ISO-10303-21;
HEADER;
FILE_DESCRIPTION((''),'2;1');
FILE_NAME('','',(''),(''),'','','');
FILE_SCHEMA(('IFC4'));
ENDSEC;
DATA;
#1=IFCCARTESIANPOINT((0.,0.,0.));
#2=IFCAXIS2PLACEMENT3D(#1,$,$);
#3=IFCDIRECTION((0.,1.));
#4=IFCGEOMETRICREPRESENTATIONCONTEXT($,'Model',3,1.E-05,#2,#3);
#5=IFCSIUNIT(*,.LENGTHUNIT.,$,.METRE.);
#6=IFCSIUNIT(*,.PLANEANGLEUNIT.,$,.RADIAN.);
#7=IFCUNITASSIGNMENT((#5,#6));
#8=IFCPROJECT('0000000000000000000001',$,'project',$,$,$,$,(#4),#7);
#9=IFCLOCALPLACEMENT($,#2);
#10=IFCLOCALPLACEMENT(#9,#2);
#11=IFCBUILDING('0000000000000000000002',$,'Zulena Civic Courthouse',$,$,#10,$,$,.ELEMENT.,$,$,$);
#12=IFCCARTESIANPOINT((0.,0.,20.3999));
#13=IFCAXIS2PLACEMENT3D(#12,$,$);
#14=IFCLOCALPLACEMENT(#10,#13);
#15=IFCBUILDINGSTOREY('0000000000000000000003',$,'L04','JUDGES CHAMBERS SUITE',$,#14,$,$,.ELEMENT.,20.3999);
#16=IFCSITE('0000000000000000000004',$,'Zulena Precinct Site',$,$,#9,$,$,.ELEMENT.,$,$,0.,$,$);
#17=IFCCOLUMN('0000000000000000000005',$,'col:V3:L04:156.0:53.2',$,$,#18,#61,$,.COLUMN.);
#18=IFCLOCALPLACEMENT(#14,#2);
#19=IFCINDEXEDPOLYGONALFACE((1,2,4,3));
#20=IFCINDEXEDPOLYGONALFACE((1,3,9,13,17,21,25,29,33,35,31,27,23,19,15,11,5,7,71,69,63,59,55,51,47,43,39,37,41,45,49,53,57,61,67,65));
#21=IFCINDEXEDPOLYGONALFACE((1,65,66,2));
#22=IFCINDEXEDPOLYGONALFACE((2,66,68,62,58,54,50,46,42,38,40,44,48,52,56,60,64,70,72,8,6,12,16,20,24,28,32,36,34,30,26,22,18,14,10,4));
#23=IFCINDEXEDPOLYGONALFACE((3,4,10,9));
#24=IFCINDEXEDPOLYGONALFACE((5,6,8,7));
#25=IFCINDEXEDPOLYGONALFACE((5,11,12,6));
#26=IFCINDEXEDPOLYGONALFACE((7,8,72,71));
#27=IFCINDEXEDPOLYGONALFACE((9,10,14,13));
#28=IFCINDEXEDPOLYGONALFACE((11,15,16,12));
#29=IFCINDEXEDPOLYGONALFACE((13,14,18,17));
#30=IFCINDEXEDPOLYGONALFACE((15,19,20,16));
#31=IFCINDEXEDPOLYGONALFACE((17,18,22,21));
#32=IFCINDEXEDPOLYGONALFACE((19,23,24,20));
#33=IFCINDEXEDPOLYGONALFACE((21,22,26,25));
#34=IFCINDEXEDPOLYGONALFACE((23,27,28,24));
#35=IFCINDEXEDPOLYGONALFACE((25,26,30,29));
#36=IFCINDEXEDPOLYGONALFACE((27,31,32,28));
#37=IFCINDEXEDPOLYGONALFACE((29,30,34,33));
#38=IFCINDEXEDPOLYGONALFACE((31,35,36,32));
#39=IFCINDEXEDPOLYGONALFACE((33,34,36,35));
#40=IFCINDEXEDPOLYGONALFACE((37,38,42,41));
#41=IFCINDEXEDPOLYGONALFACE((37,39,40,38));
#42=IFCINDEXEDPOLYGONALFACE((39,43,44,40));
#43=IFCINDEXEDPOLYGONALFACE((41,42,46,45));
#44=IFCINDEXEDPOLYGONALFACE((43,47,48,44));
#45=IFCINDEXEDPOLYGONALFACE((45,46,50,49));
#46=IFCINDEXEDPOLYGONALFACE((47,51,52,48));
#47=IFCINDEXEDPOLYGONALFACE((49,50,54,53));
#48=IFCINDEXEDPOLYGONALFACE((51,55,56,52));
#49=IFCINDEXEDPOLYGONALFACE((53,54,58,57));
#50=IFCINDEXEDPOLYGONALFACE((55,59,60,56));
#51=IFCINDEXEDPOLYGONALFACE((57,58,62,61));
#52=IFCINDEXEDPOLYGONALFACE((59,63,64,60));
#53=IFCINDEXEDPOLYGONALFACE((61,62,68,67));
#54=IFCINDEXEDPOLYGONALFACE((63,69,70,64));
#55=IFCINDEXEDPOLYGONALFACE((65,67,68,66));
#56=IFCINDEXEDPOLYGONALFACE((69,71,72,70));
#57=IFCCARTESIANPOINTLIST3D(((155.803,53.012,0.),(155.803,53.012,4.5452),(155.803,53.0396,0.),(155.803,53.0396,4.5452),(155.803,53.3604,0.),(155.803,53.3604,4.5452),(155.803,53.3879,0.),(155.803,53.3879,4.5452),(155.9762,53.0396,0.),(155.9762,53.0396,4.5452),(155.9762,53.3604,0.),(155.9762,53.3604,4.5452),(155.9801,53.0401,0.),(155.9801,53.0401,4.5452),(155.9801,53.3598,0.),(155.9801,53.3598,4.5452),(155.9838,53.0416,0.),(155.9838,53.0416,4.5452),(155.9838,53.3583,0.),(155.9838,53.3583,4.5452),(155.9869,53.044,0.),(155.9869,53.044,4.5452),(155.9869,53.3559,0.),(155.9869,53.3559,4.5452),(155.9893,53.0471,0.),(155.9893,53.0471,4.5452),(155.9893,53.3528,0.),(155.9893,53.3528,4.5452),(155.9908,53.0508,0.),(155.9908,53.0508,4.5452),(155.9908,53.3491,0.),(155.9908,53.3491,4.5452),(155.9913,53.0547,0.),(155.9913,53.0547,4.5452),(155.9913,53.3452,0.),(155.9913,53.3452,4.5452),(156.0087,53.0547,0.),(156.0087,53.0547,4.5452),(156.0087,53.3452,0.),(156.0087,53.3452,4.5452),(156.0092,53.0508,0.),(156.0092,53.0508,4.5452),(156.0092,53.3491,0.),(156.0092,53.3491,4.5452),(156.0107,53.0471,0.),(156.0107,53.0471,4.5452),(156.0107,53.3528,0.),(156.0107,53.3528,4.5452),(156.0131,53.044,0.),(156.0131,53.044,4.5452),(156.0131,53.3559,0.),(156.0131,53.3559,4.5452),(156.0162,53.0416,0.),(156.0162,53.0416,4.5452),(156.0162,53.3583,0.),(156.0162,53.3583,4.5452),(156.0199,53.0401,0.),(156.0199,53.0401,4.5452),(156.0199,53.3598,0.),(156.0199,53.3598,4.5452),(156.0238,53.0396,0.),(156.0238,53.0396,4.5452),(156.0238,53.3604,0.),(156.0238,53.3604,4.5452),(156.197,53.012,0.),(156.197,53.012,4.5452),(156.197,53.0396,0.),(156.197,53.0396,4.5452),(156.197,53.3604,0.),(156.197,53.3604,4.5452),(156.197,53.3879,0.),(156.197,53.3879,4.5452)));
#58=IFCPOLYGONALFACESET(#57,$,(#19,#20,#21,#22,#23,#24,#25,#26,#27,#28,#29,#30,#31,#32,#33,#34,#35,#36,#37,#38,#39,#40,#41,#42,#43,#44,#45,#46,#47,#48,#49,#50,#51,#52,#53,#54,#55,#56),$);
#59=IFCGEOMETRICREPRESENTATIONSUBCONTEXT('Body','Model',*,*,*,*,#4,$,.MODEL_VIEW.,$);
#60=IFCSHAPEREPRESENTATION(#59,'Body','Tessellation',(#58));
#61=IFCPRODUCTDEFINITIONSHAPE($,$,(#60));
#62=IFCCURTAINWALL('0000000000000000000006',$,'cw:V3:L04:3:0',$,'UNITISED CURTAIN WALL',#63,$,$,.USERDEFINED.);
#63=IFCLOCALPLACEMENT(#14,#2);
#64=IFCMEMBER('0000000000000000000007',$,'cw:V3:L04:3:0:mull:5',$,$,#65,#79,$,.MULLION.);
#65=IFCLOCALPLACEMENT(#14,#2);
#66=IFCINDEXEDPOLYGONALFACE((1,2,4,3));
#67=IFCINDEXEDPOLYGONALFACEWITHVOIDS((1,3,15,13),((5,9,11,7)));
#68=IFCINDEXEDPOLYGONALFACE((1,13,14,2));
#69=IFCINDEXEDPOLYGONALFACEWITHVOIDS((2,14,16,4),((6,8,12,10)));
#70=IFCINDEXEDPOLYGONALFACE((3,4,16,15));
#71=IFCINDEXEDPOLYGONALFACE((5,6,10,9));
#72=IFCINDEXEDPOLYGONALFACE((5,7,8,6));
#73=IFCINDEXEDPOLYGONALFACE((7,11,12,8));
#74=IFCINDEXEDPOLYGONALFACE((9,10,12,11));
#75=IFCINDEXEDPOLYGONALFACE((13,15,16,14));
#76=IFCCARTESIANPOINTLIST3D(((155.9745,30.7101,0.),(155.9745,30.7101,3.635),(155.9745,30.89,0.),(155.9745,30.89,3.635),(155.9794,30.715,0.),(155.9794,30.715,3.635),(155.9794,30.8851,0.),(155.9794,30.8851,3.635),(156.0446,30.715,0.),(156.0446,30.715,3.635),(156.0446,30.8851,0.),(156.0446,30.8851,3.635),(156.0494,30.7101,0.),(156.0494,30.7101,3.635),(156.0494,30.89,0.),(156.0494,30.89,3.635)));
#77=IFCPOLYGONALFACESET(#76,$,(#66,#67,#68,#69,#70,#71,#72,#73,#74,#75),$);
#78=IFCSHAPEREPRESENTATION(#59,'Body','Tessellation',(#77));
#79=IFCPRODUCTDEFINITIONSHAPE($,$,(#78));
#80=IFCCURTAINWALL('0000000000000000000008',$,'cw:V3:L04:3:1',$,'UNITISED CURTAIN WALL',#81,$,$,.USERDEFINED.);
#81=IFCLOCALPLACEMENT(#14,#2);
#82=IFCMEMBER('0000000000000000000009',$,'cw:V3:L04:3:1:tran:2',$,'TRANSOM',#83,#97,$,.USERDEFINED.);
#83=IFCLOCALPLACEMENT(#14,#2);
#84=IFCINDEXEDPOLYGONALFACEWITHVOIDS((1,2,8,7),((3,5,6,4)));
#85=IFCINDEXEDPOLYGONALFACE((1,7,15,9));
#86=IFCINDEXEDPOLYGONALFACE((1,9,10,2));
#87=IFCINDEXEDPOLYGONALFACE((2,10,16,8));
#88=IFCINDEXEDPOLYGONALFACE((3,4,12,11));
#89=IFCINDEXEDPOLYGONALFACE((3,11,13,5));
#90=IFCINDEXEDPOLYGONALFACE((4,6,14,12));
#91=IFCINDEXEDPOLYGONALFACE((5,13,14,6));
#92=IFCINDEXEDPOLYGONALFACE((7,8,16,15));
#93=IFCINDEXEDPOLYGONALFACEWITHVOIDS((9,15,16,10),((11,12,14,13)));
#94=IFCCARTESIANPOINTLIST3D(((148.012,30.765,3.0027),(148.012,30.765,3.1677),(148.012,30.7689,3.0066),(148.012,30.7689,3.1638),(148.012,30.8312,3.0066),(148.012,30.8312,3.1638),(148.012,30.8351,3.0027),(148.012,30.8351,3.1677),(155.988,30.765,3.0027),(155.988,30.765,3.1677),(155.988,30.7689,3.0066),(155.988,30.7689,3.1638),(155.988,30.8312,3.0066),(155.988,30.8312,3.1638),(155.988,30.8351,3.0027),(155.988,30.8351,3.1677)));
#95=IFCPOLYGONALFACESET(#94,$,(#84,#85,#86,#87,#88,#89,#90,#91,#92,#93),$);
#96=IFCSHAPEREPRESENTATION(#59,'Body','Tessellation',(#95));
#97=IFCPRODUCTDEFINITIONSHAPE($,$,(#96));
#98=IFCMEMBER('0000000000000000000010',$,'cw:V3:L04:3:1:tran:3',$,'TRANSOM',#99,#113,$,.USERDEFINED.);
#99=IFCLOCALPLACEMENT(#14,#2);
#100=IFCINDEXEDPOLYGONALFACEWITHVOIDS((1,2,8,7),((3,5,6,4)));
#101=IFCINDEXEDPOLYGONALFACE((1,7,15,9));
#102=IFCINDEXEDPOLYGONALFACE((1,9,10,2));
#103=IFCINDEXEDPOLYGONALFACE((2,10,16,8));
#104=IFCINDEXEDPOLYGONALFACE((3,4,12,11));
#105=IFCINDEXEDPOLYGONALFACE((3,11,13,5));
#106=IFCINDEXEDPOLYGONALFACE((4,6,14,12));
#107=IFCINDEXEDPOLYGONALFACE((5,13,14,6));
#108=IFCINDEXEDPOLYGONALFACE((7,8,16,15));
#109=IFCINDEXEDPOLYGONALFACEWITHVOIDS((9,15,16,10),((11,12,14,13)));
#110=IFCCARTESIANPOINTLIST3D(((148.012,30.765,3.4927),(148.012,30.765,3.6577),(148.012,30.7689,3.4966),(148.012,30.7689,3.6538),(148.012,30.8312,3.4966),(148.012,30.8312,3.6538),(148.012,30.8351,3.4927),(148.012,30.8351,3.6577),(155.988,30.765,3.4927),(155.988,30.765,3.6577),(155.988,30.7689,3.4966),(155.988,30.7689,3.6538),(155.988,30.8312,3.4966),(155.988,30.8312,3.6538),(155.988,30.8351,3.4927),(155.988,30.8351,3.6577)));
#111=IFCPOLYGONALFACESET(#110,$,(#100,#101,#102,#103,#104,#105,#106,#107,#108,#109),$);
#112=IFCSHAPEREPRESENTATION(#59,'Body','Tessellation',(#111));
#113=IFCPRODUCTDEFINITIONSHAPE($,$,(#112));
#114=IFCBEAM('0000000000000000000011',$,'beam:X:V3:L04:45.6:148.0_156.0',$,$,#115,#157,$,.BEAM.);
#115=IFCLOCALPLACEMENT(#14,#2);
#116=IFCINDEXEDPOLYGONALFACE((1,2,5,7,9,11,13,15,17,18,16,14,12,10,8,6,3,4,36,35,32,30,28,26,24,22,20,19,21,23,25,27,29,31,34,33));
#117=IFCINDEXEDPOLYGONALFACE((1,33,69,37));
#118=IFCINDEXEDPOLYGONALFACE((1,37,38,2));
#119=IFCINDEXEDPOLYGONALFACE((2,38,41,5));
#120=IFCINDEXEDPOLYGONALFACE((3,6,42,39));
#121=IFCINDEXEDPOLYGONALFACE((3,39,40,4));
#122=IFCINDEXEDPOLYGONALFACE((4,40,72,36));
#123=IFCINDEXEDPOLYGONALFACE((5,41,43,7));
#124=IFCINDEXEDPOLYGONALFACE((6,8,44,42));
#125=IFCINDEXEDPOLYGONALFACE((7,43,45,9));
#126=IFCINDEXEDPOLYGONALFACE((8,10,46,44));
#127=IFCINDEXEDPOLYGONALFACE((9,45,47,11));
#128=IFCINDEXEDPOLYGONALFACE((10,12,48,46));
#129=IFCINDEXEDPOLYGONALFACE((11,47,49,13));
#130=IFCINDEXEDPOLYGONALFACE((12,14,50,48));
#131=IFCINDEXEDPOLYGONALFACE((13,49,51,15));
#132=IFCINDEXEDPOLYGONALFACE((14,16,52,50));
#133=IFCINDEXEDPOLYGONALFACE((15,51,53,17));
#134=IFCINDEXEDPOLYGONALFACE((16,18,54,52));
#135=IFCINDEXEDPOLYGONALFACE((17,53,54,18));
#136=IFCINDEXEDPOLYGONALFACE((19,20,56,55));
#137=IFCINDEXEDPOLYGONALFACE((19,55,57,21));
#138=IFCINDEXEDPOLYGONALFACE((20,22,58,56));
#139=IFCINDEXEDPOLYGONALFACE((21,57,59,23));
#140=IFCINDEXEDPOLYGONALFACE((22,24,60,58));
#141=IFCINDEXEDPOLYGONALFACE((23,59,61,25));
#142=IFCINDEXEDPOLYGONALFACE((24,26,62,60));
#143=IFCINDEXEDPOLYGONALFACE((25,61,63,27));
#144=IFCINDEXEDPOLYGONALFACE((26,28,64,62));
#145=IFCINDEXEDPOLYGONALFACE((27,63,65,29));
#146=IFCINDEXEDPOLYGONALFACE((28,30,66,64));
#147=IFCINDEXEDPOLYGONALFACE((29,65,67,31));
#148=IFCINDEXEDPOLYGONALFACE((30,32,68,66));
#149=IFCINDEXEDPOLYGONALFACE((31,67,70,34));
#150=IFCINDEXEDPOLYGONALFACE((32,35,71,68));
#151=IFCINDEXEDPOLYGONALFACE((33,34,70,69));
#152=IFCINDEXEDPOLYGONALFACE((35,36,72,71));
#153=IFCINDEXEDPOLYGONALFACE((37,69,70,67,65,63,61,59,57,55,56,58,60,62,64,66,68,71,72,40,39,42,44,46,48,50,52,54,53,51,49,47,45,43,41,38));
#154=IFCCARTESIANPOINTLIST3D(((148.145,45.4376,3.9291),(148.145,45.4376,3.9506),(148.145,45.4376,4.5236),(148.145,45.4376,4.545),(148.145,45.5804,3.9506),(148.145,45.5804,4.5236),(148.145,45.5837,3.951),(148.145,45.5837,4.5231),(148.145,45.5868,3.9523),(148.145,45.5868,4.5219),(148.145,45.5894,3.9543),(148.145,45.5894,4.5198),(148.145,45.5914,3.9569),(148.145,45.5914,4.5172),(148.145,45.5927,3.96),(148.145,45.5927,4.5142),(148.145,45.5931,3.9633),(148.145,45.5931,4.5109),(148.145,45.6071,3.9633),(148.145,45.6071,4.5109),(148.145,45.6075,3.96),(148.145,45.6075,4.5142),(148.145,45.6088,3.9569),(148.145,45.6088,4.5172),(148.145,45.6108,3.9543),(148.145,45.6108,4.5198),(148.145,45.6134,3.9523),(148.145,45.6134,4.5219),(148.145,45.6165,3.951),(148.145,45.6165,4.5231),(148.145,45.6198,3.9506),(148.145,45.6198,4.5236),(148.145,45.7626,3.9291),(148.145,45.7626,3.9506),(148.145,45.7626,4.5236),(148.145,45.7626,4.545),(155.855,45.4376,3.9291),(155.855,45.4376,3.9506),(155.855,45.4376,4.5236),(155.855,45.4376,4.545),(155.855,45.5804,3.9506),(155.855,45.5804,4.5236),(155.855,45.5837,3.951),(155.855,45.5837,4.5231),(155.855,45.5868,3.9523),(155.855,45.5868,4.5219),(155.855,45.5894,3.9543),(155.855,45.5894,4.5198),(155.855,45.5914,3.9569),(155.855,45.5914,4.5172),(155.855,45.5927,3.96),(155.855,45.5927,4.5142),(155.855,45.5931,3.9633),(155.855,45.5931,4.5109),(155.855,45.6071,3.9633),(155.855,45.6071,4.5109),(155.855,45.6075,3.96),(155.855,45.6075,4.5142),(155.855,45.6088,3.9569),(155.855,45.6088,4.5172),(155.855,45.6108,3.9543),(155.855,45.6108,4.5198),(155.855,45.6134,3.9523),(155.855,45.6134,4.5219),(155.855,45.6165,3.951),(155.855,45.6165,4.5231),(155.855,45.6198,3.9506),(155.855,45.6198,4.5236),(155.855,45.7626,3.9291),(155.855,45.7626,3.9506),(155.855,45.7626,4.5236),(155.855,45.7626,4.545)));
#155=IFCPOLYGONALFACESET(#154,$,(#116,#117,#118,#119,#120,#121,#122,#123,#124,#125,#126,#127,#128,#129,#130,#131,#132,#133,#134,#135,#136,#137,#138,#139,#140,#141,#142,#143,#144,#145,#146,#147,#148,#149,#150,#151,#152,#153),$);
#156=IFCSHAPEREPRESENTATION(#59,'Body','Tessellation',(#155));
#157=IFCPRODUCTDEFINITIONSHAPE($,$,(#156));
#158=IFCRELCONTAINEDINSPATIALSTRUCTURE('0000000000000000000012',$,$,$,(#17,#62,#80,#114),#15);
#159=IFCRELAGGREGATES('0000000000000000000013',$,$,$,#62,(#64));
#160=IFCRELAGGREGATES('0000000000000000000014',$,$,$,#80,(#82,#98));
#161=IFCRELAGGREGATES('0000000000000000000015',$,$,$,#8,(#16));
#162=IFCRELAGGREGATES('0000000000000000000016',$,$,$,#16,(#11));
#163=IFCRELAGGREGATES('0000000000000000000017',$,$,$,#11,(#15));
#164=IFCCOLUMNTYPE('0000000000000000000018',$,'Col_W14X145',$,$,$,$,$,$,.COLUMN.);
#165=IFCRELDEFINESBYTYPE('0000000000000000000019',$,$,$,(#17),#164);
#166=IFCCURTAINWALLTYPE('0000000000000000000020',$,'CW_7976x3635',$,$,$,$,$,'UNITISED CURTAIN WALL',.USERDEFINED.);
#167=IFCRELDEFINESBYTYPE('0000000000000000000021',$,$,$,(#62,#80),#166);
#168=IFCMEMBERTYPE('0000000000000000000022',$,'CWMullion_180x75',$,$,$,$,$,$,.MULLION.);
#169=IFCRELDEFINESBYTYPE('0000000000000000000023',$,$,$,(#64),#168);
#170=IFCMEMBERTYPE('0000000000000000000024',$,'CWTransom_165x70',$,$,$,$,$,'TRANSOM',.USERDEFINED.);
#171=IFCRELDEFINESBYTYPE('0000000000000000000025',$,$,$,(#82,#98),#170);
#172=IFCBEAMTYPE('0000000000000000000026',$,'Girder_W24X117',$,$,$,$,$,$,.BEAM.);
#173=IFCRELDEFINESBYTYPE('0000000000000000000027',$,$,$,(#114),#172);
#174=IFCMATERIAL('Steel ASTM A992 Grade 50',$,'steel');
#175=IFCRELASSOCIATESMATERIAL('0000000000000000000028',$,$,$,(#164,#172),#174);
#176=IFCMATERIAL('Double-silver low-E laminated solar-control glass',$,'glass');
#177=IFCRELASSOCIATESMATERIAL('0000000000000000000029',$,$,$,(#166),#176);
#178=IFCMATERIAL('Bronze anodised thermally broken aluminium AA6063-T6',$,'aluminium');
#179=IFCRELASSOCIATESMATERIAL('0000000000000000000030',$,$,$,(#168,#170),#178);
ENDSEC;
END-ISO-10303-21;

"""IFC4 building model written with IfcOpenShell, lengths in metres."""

from ifc_helpers import new_model, si_unit, direction, frame, origin, origin_2d, place, context, subcontext, project, spatial, hollow_rectangle, i_section, extrude, material, material_profile, profile_set, type_object, element, aggregate, save


model = new_model("IFC4")

# Units and contexts
model_context = context("Model", 3, precision=1e-05, world=origin(), true_north=direction((0.0, 1.0)))
body_context = subcontext(model_context, "Body", "Model", "MODEL_VIEW")
ifc_project = project(units=[si_unit("LENGTHUNIT", "METRE"), si_unit("PLANEANGLEUNIT", "RADIAN")], contexts=[model_context])

# Site, building, storey
site_placement = place(None, origin())
site = spatial("IfcSite", under=ifc_project, at=site_placement, Name="Zulena Precinct Site", CompositionType="ELEMENT", RefElevation=0.0)
building_placement = place(site_placement, origin())
building = spatial("IfcBuilding", under=site, at=building_placement, Name="Zulena Civic Courthouse", CompositionType="ELEMENT")
storey_placement = place(building_placement, frame((0.0, 0.0, 20.3999)))
storey = spatial("IfcBuildingStorey", under=building, at=storey_placement, Name="L04", Description="JUDGES CHAMBERS SUITE", CompositionType="ELEMENT", Elevation=20.3999)

# Column
ifc_material_1 = material(Name="Steel ASTM A992 Grade 50", Category="steel")
ifc_material_profile_1 = material_profile(ifc_material_1, i_section(OverallWidth=0.394, OverallDepth=0.376, WebThickness=0.0173, FlangeThickness=0.0276, FilletRadius=0.0151, at=origin_2d()), Name="W14X145")
ifc_profile_set_1 = profile_set([ifc_material_profile_1], Name="Steel ASTM A992 Grade 50")
column_type_1 = type_object("IfcColumnType", Name="Col_W14X145", PredefinedType="COLUMN", material=ifc_profile_set_1)
column_1_placement = place(storey_placement, frame((156.0, 53.2, 0.0), z_axis=(0.0, 0.0, 1.0), x_axis=(1.0, 0.0, 0.0)))
element("IfcColumn", 1, at=column_1_placement, inside=storey, type_object=column_type_1, Name="col:V3:L04:156.0:53.2", PredefinedType="COLUMN", context=body_context, shape_type="SweptSolid", body=[
    extrude(i_section(OverallWidth=0.394, OverallDepth=0.376, WebThickness=0.0173, FlangeThickness=0.0276, FilletRadius=0.0151, at=origin_2d()), origin(), (0.0, 0.0, 1.0), 4.5452),
])

# Curtain wall, member
ifc_material_2 = material(Name="Double-silver low-E laminated solar-control glass", Category="glass")
curtain_wall_type = type_object("IfcCurtainWallType", Name="CW_7976x3635", ElementType="UNITISED CURTAIN WALL", PredefinedType="USERDEFINED", material=ifc_material_2)
curtain_wall_1_placement = place(storey_placement, origin())
curtain_wall_1 = element("IfcCurtainWall", 2, at=curtain_wall_1_placement, inside=storey, type_object=curtain_wall_type, Name="cw:V3:L04:3:0", ObjectType="UNITISED CURTAIN WALL", PredefinedType="USERDEFINED")
ifc_material_3 = material(Name="Bronze anodised thermally broken aluminium AA6063-T6", Category="aluminium")
ifc_material_profile_2 = material_profile(ifc_material_3, hollow_rectangle(XDim=0.075, YDim=0.1799, WallThickness=0.0049, at=origin_2d()), Name="CWM180X75X5")
ifc_profile_set_2 = profile_set([ifc_material_profile_2], Name="Bronze anodised thermally broken aluminium AA6063-T6")
member_type_1 = type_object("IfcMemberType", Name="CWMullion_180x75", PredefinedType="MULLION", material=ifc_profile_set_2)
member_1_placement = place(storey_placement, frame((156.012, 30.8, 0.0), z_axis=(0.0, 0.0, 1.0), x_axis=(1.0, 0.0, 0.0)))
member_1 = element("IfcMember", 3, at=member_1_placement, type_object=member_type_1, Name="cw:V3:L04:3:0:mull:5", PredefinedType="MULLION", context=body_context, shape_type="SweptSolid", body=[
    extrude(hollow_rectangle(XDim=0.075, YDim=0.1799, WallThickness=0.0049, at=origin_2d()), origin(), (0.0, 0.0, 1.0), 3.635),
])
aggregate(curtain_wall_1, [member_1])

# Curtain wall, members
curtain_wall_2_placement = place(storey_placement, origin())
curtain_wall_2 = element("IfcCurtainWall", 4, at=curtain_wall_2_placement, inside=storey, type_object=curtain_wall_type, Name="cw:V3:L04:3:1", ObjectType="UNITISED CURTAIN WALL", PredefinedType="USERDEFINED")
ifc_material_profile_3 = material_profile(ifc_material_3, hollow_rectangle(XDim=0.0701, YDim=0.165, WallThickness=0.0039, at=origin_2d()), Name="CWT165X70X4")
ifc_profile_set_3 = profile_set([ifc_material_profile_3], Name="Bronze anodised thermally broken aluminium AA6063-T6")
member_type_2 = type_object("IfcMemberType", Name="CWTransom_165x70", ElementType="TRANSOM", PredefinedType="USERDEFINED", material=ifc_profile_set_3)
member_2_placement = place(storey_placement, frame((155.988, 30.8, 3.0852), z_axis=(-1.0, 0.0, 0.0), x_axis=(0.0, -1.0, 0.0)))
member_2 = element("IfcMember", 5, at=member_2_placement, type_object=member_type_2, Name="cw:V3:L04:3:1:tran:2", ObjectType="TRANSOM", PredefinedType="USERDEFINED", context=body_context, shape_type="SweptSolid", body=[
    extrude(hollow_rectangle(XDim=0.0701, YDim=0.165, WallThickness=0.0039, at=origin_2d()), origin(), (0.0, 0.0, 1.0), 7.9761),
])
member_3_placement = place(storey_placement, frame((155.988, 30.8, 3.5752), z_axis=(-1.0, 0.0, 0.0), x_axis=(0.0, -1.0, 0.0)))
member_3 = element("IfcMember", 6, at=member_3_placement, type_object=member_type_2, Name="cw:V3:L04:3:1:tran:3", ObjectType="TRANSOM", PredefinedType="USERDEFINED", context=body_context, shape_type="SweptSolid", body=[
    extrude(hollow_rectangle(XDim=0.0701, YDim=0.165, WallThickness=0.0039, at=origin_2d()), origin(), (0.0, 0.0, 1.0), 7.9761),
])
aggregate(curtain_wall_2, [member_2, member_3])

# Beam
ifc_material_profile_4 = material_profile(ifc_material_1, i_section(OverallWidth=0.325, OverallDepth=0.616, WebThickness=0.0139, FlangeThickness=0.0215, FilletRadius=0.0127, at=origin_2d()), Name="W24X117")
ifc_profile_set_4 = profile_set([ifc_material_profile_4], Name="Steel ASTM A992 Grade 50")
beam_type_1 = type_object("IfcBeamType", Name="Girder_W24X117", PredefinedType="BEAM", material=ifc_profile_set_4)
beam_1_placement = place(storey_placement, frame((148.145, 45.6001, 4.2371), z_axis=(1.0, 0.0, 0.0), x_axis=(0.0, 1.0, 0.0)))
element("IfcBeam", 7, at=beam_1_placement, inside=storey, type_object=beam_type_1, Name="beam:X:V3:L04:45.6:148.0_156.0", PredefinedType="BEAM", context=body_context, shape_type="SweptSolid", body=[
    extrude(i_section(OverallWidth=0.325, OverallDepth=0.616, WebThickness=0.0139, FlangeThickness=0.0215, FilletRadius=0.0127, at=origin_2d()), origin(), (0.0, 0.0, 1.0), 7.71),
])

save(model, "model.ifc")
